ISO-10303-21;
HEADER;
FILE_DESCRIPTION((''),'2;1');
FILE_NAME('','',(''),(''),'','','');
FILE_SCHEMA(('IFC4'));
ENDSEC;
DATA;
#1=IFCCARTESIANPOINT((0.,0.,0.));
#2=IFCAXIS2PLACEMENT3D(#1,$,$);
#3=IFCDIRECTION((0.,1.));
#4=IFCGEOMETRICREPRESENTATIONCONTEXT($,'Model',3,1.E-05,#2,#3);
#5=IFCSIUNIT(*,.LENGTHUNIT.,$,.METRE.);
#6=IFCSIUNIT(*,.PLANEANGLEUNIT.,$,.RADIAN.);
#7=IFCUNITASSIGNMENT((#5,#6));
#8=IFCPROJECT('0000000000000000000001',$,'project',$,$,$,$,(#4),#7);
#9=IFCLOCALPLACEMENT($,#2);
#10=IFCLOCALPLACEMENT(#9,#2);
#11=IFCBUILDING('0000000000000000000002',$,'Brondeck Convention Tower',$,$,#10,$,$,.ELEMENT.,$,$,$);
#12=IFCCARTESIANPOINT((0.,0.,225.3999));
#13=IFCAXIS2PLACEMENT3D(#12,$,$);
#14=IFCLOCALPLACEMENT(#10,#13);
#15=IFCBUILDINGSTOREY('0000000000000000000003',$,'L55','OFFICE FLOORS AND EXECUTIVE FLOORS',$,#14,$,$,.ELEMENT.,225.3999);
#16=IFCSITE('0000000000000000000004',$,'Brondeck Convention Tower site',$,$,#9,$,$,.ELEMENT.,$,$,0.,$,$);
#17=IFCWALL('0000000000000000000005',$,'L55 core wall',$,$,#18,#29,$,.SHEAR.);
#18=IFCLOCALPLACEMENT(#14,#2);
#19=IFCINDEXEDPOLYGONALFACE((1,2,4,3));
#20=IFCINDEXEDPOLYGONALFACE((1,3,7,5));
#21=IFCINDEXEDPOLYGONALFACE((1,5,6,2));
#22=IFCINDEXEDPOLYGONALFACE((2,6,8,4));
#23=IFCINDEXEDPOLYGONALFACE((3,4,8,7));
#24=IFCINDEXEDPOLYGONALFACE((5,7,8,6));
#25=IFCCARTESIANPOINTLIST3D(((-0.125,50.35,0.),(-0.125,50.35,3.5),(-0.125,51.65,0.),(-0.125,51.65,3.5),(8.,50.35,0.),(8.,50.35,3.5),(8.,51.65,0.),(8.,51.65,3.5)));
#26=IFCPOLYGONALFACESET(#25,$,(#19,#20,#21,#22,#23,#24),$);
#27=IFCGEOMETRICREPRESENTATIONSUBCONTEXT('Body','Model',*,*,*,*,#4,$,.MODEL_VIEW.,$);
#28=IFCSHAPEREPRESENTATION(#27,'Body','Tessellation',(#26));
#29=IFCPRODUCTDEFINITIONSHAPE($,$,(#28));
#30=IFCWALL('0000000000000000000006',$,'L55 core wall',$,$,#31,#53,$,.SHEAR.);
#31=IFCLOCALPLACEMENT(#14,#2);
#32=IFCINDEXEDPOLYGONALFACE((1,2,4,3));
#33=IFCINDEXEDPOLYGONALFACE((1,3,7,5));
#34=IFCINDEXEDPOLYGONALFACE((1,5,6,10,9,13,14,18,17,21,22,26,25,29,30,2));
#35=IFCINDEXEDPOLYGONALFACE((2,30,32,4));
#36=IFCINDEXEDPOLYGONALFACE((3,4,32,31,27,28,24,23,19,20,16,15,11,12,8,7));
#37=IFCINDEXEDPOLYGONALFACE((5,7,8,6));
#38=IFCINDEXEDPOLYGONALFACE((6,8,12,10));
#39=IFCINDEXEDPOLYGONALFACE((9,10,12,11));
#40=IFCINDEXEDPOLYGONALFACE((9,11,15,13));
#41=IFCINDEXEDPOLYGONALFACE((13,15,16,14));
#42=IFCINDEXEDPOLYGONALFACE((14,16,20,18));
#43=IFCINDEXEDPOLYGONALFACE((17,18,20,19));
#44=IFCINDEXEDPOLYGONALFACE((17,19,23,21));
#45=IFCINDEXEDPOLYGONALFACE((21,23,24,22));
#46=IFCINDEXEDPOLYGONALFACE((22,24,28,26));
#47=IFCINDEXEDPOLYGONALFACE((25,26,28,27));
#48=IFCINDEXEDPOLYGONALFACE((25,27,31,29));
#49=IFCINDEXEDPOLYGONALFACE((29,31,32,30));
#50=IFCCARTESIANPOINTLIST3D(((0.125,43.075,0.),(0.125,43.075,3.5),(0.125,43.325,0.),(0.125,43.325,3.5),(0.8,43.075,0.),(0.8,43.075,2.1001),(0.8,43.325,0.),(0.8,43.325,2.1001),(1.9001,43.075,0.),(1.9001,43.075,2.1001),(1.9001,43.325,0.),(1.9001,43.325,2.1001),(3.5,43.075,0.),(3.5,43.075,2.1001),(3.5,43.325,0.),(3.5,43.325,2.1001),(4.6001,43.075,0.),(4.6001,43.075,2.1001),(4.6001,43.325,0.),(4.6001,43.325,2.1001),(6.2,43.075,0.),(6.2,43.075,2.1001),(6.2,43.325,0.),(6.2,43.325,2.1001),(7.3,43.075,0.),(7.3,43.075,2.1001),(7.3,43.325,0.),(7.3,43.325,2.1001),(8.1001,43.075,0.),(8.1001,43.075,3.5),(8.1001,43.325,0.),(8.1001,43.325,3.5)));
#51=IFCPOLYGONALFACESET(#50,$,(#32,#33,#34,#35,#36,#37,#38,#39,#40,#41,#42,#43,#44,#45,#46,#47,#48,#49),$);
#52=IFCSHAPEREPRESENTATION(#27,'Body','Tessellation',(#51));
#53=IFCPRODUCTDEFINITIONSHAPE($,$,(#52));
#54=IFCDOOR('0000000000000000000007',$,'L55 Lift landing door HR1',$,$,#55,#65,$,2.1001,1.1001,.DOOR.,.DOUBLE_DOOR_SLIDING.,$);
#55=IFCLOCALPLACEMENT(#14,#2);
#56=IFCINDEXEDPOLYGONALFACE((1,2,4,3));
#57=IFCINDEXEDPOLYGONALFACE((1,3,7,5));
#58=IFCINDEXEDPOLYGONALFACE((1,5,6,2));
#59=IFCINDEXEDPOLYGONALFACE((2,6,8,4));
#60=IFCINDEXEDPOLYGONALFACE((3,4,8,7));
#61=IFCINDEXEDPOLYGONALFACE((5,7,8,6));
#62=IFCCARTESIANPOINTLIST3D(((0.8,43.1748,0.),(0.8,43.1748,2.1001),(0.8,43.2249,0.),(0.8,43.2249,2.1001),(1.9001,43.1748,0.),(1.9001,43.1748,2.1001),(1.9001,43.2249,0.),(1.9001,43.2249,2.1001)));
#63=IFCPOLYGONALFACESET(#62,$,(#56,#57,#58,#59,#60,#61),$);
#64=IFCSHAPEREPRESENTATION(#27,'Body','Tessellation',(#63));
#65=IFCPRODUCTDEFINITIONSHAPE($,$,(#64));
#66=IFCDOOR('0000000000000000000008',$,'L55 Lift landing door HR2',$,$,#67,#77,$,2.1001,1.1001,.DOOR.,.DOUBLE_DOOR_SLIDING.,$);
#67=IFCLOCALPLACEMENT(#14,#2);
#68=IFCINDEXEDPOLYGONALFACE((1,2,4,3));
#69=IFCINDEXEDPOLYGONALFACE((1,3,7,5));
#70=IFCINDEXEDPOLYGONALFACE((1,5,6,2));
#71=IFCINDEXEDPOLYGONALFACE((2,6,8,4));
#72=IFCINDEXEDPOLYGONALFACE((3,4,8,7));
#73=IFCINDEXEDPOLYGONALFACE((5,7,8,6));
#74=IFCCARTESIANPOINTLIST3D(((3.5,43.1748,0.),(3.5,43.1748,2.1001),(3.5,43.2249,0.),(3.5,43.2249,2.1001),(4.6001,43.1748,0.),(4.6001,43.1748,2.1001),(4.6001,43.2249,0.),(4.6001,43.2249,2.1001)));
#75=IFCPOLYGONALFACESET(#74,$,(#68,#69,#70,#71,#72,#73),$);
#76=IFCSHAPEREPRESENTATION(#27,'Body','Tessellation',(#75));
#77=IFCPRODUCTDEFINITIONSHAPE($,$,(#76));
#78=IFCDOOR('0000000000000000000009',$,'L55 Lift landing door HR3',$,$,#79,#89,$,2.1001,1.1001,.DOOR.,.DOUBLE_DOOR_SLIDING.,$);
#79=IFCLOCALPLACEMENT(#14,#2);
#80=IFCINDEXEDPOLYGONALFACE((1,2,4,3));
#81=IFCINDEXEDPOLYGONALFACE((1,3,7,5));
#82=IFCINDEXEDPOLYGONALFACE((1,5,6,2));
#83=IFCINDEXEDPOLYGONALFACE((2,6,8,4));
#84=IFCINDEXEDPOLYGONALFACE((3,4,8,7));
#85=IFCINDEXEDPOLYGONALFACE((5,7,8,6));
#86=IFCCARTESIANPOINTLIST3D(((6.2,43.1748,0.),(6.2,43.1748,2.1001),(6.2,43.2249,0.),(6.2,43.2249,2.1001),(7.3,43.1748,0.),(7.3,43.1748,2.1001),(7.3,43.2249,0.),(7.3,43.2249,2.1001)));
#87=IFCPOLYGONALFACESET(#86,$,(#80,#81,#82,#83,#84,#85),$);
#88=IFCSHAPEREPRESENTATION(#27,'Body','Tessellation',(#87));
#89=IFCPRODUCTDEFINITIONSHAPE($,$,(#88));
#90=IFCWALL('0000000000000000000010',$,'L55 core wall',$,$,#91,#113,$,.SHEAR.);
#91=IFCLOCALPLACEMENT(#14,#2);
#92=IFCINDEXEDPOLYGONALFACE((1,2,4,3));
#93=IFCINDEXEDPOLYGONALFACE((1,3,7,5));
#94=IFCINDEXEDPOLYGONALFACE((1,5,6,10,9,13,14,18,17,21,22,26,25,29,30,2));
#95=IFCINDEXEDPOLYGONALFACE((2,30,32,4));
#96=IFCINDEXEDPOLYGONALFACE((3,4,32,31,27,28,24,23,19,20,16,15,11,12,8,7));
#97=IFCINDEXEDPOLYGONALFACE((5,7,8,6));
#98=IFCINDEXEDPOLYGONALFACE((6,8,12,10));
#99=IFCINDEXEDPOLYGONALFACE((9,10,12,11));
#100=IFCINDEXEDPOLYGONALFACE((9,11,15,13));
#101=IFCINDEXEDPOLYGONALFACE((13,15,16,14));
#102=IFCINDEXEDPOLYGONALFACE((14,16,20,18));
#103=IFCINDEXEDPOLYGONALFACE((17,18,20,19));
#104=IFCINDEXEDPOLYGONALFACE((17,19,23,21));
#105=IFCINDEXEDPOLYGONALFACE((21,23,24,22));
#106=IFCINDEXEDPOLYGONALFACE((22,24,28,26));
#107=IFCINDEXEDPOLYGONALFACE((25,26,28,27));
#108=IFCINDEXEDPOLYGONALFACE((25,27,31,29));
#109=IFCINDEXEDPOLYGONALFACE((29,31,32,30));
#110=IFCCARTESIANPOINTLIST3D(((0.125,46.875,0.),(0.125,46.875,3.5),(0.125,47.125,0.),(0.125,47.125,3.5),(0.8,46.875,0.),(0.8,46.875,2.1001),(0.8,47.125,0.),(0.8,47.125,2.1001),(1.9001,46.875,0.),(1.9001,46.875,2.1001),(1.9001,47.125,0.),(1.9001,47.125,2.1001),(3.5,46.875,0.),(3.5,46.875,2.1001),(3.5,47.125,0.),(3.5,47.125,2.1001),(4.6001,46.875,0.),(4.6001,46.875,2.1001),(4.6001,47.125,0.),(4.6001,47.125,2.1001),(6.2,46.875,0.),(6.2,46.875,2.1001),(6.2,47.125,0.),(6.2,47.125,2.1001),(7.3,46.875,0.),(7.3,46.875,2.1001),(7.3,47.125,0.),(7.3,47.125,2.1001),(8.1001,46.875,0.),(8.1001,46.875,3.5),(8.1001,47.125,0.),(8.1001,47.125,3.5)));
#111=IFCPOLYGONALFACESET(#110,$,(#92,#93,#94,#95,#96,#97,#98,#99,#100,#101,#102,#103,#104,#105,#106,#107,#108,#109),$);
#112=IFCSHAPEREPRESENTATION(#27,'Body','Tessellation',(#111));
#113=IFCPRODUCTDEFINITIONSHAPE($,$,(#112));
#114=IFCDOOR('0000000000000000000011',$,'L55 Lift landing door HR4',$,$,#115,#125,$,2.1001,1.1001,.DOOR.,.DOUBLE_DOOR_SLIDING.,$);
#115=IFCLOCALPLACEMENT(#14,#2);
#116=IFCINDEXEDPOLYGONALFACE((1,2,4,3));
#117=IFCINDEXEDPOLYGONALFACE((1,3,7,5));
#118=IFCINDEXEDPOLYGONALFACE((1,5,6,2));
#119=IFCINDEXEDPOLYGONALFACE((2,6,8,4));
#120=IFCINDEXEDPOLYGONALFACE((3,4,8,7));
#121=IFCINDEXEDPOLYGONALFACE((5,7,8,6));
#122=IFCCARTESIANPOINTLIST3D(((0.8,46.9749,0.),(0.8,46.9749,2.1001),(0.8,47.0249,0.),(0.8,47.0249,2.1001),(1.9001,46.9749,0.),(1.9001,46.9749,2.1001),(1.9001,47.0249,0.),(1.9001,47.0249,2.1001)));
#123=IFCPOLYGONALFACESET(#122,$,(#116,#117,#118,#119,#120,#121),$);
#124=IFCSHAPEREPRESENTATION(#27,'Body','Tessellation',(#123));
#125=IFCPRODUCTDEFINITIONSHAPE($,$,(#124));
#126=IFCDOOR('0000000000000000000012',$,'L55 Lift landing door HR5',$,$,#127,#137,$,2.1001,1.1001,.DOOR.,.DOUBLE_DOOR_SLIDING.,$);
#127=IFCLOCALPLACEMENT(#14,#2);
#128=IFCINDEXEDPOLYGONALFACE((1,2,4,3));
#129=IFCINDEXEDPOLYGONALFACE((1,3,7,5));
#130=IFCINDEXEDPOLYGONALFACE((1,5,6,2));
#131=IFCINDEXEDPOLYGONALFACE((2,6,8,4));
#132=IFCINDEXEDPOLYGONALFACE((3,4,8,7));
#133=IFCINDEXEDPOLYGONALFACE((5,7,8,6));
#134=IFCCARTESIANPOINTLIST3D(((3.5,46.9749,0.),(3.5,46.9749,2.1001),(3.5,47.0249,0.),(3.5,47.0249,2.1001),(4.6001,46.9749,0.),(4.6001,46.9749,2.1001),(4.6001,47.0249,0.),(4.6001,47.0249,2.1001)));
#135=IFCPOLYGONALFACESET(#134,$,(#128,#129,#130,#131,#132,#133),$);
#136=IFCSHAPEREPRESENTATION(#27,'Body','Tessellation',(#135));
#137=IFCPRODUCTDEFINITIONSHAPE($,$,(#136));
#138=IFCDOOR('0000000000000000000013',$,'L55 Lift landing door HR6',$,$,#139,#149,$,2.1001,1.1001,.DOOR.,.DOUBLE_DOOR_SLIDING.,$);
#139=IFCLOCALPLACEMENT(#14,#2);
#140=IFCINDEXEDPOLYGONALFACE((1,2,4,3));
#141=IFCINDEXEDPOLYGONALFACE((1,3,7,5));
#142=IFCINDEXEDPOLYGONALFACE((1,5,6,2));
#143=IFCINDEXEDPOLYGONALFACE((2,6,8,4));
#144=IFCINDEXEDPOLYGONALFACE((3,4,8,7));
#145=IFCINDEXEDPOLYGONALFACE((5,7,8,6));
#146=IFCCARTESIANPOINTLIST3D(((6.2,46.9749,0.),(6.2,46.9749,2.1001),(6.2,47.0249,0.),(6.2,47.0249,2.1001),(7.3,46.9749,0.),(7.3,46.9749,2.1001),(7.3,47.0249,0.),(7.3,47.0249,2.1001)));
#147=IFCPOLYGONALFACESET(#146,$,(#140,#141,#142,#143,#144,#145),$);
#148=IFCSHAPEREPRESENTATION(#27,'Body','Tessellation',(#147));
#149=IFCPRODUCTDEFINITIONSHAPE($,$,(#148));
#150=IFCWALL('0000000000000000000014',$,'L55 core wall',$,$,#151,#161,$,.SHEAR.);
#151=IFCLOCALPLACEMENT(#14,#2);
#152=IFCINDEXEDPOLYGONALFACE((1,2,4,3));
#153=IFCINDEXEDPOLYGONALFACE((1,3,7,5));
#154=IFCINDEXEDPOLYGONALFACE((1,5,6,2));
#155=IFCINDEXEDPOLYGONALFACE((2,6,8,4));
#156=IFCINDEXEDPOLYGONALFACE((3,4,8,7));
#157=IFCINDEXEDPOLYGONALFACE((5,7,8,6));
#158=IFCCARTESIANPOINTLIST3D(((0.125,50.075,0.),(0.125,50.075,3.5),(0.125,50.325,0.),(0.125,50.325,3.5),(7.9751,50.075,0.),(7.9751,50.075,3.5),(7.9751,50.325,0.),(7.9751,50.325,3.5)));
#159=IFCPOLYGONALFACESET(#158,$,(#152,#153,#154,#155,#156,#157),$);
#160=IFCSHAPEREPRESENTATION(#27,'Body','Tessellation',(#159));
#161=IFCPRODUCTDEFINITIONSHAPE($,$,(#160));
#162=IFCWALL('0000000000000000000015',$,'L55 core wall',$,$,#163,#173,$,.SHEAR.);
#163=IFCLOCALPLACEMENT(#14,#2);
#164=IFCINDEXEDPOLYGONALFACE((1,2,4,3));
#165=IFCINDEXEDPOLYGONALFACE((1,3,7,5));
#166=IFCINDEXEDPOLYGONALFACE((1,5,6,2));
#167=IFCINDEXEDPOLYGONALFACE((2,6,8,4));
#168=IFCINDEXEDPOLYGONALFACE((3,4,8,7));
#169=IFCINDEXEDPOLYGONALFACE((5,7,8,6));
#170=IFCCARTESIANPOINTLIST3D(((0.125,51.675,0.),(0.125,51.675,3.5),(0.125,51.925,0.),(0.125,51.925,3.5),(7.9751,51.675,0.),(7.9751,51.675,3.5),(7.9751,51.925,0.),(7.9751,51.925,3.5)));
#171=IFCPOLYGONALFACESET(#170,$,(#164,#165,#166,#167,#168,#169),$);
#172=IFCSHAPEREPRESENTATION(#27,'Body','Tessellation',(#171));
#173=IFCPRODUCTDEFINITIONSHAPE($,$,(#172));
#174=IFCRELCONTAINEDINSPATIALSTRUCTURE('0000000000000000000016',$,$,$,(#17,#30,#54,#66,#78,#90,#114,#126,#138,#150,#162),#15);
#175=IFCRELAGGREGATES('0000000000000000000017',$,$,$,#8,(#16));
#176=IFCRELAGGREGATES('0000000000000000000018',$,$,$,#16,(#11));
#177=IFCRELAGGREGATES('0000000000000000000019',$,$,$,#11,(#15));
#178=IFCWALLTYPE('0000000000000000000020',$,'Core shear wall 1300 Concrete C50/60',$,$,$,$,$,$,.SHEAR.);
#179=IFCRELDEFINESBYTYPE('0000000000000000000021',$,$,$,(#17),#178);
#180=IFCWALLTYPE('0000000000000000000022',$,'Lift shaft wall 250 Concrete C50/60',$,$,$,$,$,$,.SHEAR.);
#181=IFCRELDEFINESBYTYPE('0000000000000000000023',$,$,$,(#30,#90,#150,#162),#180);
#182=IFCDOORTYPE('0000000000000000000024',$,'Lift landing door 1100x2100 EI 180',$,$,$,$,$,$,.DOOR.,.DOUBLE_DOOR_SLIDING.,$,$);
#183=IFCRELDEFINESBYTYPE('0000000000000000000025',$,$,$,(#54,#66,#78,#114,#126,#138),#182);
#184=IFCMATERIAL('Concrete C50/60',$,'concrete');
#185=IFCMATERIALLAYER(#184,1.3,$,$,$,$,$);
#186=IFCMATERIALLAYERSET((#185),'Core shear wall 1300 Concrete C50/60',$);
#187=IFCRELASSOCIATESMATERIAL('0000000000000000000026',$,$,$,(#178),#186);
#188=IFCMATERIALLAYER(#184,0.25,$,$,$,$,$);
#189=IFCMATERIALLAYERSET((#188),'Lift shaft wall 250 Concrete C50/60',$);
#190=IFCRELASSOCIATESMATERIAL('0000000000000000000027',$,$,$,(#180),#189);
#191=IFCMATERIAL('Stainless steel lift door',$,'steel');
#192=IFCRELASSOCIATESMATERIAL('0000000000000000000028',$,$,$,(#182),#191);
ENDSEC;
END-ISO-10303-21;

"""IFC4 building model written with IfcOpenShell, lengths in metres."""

from ifc_helpers import new_model, si_unit, direction, frame, frame_2d, origin, place, context, subcontext, project, spatial, rectangle, extrude, material, layer, layer_set, type_object, element, fill, save


model = new_model("IFC4")

# Units and contexts
model_context = context("Model", 3, precision=1e-05, world=origin(), true_north=direction((0.0, 1.0)))
body_context = subcontext(model_context, "Body", "Model", "MODEL_VIEW")
ifc_project = project(units=[si_unit("LENGTHUNIT", "METRE"), si_unit("PLANEANGLEUNIT", "RADIAN")], contexts=[model_context])

# Site, building, storey
site_placement = place(None, origin())
site = spatial("IfcSite", under=ifc_project, at=site_placement, Name="Brondeck Convention Tower site", CompositionType="ELEMENT", RefElevation=0.0)
building_placement = place(site_placement, origin())
building = spatial("IfcBuilding", under=site, at=building_placement, Name="Brondeck Convention Tower", CompositionType="ELEMENT")
storey_placement = place(building_placement, frame((0.0, 0.0, 225.3999)))
storey = spatial("IfcBuildingStorey", under=building, at=storey_placement, Name="L55", Description="OFFICE FLOORS AND EXECUTIVE FLOORS", CompositionType="ELEMENT", Elevation=225.3999)

# Shared definitions
ifc_material_1 = material(Name="Concrete C50/60", Category="concrete")

# Wall
ifc_layer_1 = layer(ifc_material_1, 1.3)
ifc_layer_set_1 = layer_set([ifc_layer_1], Name="Core shear wall 1300 Concrete C50/60")
wall_type_1 = type_object("IfcWallType", Name="Core shear wall 1300 Concrete C50/60", PredefinedType="SHEAR", material=ifc_layer_set_1)
wall_1_placement = place(storey_placement, frame((-0.125, 51.0, 0.0), z_axis=(0.0, 0.0, 1.0), x_axis=(1.0, 0.0, 0.0)))
element("IfcWall", 1, at=wall_1_placement, inside=storey, type_object=wall_type_1, Name="L55 core wall", PredefinedType="SHEAR", context=body_context, shape_type="SweptSolid", body=[
    extrude(rectangle(XDim=8.125, YDim=1.3, at=frame_2d((4.0625, 0.0))), origin(), (0.0, 0.0, 1.0), 3.5),
])

# Walls, openings, doors
ifc_layer_2 = layer(ifc_material_1, 0.25)
ifc_layer_set_2 = layer_set([ifc_layer_2], Name="Lift shaft wall 250 Concrete C50/60")
wall_type_2 = type_object("IfcWallType", Name="Lift shaft wall 250 Concrete C50/60", PredefinedType="SHEAR", material=ifc_layer_set_2)
wall_2_placement = place(storey_placement, frame((0.125, 43.2, 0.0), z_axis=(0.0, 0.0, 1.0), x_axis=(1.0, 0.0, 0.0)))
wall_2 = element("IfcWall", 2, at=wall_2_placement, inside=storey, type_object=wall_type_2, Name="L55 core wall", PredefinedType="SHEAR", context=body_context, shape_type="SweptSolid", body=[
    extrude(rectangle(XDim=7.9751, YDim=0.25, at=frame_2d((3.9875, 0.0))), origin(), (0.0, 0.0, 1.0), 3.5),
])
opening_1_placement = place(wall_2_placement, frame((0.675, 0.0, 0.0)))
opening_1 = element("IfcOpeningElement", 3, at=opening_1_placement, cuts=wall_2, PredefinedType="OPENING", context=body_context, shape_type="SweptSolid", body=[
    extrude(rectangle(XDim=1.1001, YDim=2.1001, at=frame_2d((0.55, 1.05))), frame((0.0, 0.135, 0.0), z_axis=(0.0, -1.0, 0.0), x_axis=(1.0, 0.0, 0.0)), (0.0, 0.0, 1.0), 0.27),
])
opening_2_placement = place(wall_2_placement, frame((3.375, 0.0, 0.0)))
opening_2 = element("IfcOpeningElement", 4, at=opening_2_placement, cuts=wall_2, PredefinedType="OPENING", context=body_context, shape_type="SweptSolid", body=[
    extrude(rectangle(XDim=1.1001, YDim=2.1001, at=frame_2d((0.55, 1.05))), frame((0.0, 0.135, 0.0), z_axis=(0.0, -1.0, 0.0), x_axis=(1.0, 0.0, 0.0)), (0.0, 0.0, 1.0), 0.27),
])
opening_3_placement = place(wall_2_placement, frame((6.075, 0.0, 0.0)))
opening_3 = element("IfcOpeningElement", 5, at=opening_3_placement, cuts=wall_2, PredefinedType="OPENING", context=body_context, shape_type="SweptSolid", body=[
    extrude(rectangle(XDim=1.1001, YDim=2.1001, at=frame_2d((0.55, 1.05))), frame((0.0, 0.135, 0.0), z_axis=(0.0, -1.0, 0.0), x_axis=(1.0, 0.0, 0.0)), (0.0, 0.0, 1.0), 0.27),
])
ifc_material_2 = material(Name="Stainless steel lift door", Category="steel")
door_type_1 = type_object("IfcDoorType", Name="Lift landing door 1100x2100 EI 180", OperationType="DOUBLE_DOOR_SLIDING", PredefinedType="DOOR", material=ifc_material_2)
door_1_placement = place(opening_1_placement, origin())
door_1 = element("IfcDoor", 6, at=door_1_placement, inside=storey, type_object=door_type_1, Name="L55 Lift landing door HR1", OperationType="DOUBLE_DOOR_SLIDING", OverallHeight=2.1001, OverallWidth=1.1001, PredefinedType="DOOR", context=body_context, shape_type="SweptSolid", body=[
    extrude(rectangle(XDim=1.1001, YDim=2.1001, at=frame_2d((0.55, 1.05))), frame((0.0, 0.0249, 0.0), z_axis=(0.0, -1.0, 0.0), x_axis=(1.0, 0.0, 0.0)), (0.0, 0.0, 1.0), 0.05),
])
fill(opening_1, door_1)
door_2_placement = place(opening_2_placement, origin())
door_2 = element("IfcDoor", 7, at=door_2_placement, inside=storey, type_object=door_type_1, Name="L55 Lift landing door HR2", OperationType="DOUBLE_DOOR_SLIDING", OverallHeight=2.1001, OverallWidth=1.1001, PredefinedType="DOOR", context=body_context, shape_type="SweptSolid", body=[
    extrude(rectangle(XDim=1.1001, YDim=2.1001, at=frame_2d((0.55, 1.05))), frame((0.0, 0.0249, 0.0), z_axis=(0.0, -1.0, 0.0), x_axis=(1.0, 0.0, 0.0)), (0.0, 0.0, 1.0), 0.05),
])
fill(opening_2, door_2)
door_3_placement = place(opening_3_placement, origin())
door_3 = element("IfcDoor", 8, at=door_3_placement, inside=storey, type_object=door_type_1, Name="L55 Lift landing door HR3", OperationType="DOUBLE_DOOR_SLIDING", OverallHeight=2.1001, OverallWidth=1.1001, PredefinedType="DOOR", context=body_context, shape_type="SweptSolid", body=[
    extrude(rectangle(XDim=1.1001, YDim=2.1001, at=frame_2d((0.55, 1.05))), frame((0.0, 0.0249, 0.0), z_axis=(0.0, -1.0, 0.0), x_axis=(1.0, 0.0, 0.0)), (0.0, 0.0, 1.0), 0.05),
])
fill(opening_3, door_3)
wall_3_placement = place(storey_placement, frame((0.125, 47.0, 0.0), z_axis=(0.0, 0.0, 1.0), x_axis=(1.0, 0.0, 0.0)))
wall_3 = element("IfcWall", 9, at=wall_3_placement, inside=storey, type_object=wall_type_2, Name="L55 core wall", PredefinedType="SHEAR", context=body_context, shape_type="SweptSolid", body=[
    extrude(rectangle(XDim=7.9751, YDim=0.25, at=frame_2d((3.9875, 0.0))), origin(), (0.0, 0.0, 1.0), 3.5),
])
opening_4_placement = place(wall_3_placement, frame((0.675, 0.0, 0.0)))
opening_4 = element("IfcOpeningElement", 10, at=opening_4_placement, cuts=wall_3, PredefinedType="OPENING", context=body_context, shape_type="SweptSolid", body=[
    extrude(rectangle(XDim=1.1001, YDim=2.1001, at=frame_2d((0.55, 1.05))), frame((0.0, 0.135, 0.0), z_axis=(0.0, -1.0, 0.0), x_axis=(1.0, 0.0, 0.0)), (0.0, 0.0, 1.0), 0.27),
])
opening_5_placement = place(wall_3_placement, frame((3.375, 0.0, 0.0)))
opening_5 = element("IfcOpeningElement", 11, at=opening_5_placement, cuts=wall_3, PredefinedType="OPENING", context=body_context, shape_type="SweptSolid", body=[
    extrude(rectangle(XDim=1.1001, YDim=2.1001, at=frame_2d((0.55, 1.05))), frame((0.0, 0.135, 0.0), z_axis=(0.0, -1.0, 0.0), x_axis=(1.0, 0.0, 0.0)), (0.0, 0.0, 1.0), 0.27),
])
opening_6_placement = place(wall_3_placement, frame((6.075, 0.0, 0.0)))
opening_6 = element("IfcOpeningElement", 12, at=opening_6_placement, cuts=wall_3, PredefinedType="OPENING", context=body_context, shape_type="SweptSolid", body=[
    extrude(rectangle(XDim=1.1001, YDim=2.1001, at=frame_2d((0.55, 1.05))), frame((0.0, 0.135, 0.0), z_axis=(0.0, -1.0, 0.0), x_axis=(1.0, 0.0, 0.0)), (0.0, 0.0, 1.0), 0.27),
])
door_4_placement = place(opening_4_placement, origin())
door_4 = element("IfcDoor", 13, at=door_4_placement, inside=storey, type_object=door_type_1, Name="L55 Lift landing door HR4", OperationType="DOUBLE_DOOR_SLIDING", OverallHeight=2.1001, OverallWidth=1.1001, PredefinedType="DOOR", context=body_context, shape_type="SweptSolid", body=[
    extrude(rectangle(XDim=1.1001, YDim=2.1001, at=frame_2d((0.55, 1.05))), frame((0.0, 0.0249, 0.0), z_axis=(0.0, -1.0, 0.0), x_axis=(1.0, 0.0, 0.0)), (0.0, 0.0, 1.0), 0.05),
])
fill(opening_4, door_4)
door_5_placement = place(opening_5_placement, origin())
door_5 = element("IfcDoor", 14, at=door_5_placement, inside=storey, type_object=door_type_1, Name="L55 Lift landing door HR5", OperationType="DOUBLE_DOOR_SLIDING", OverallHeight=2.1001, OverallWidth=1.1001, PredefinedType="DOOR", context=body_context, shape_type="SweptSolid", body=[
    extrude(rectangle(XDim=1.1001, YDim=2.1001, at=frame_2d((0.55, 1.05))), frame((0.0, 0.0249, 0.0), z_axis=(0.0, -1.0, 0.0), x_axis=(1.0, 0.0, 0.0)), (0.0, 0.0, 1.0), 0.05),
])
fill(opening_5, door_5)
door_6_placement = place(opening_6_placement, origin())
door_6 = element("IfcDoor", 15, at=door_6_placement, inside=storey, type_object=door_type_1, Name="L55 Lift landing door HR6", OperationType="DOUBLE_DOOR_SLIDING", OverallHeight=2.1001, OverallWidth=1.1001, PredefinedType="DOOR", context=body_context, shape_type="SweptSolid", body=[
    extrude(rectangle(XDim=1.1001, YDim=2.1001, at=frame_2d((0.55, 1.05))), frame((0.0, 0.0249, 0.0), z_axis=(0.0, -1.0, 0.0), x_axis=(1.0, 0.0, 0.0)), (0.0, 0.0, 1.0), 0.05),
])
fill(opening_6, door_6)

# Walls
for number, where, z_axis, x_axis, name in (
    (16, (0.125, 50.2, 0.0), (0.0, 0.0, 1.0), (1.0, 0.0, 0.0), "L55 core wall"),
    (17, (0.125, 51.8, 0.0), (0.0, 0.0, 1.0), (1.0, 0.0, 0.0), "L55 core wall"),
):
    element("IfcWall", number, at=place(storey_placement, frame(where, z_axis=z_axis, x_axis=x_axis)), inside=storey, type_object=wall_type_2, Name=name, PredefinedType="SHEAR", context=body_context, shape_type="SweptSolid", body=[
        extrude(rectangle(XDim=7.8501, YDim=0.25, at=frame_2d((3.925, 0.0))), origin(), (0.0, 0.0, 1.0), 3.5),
    ])

save(model, "model.ifc")
